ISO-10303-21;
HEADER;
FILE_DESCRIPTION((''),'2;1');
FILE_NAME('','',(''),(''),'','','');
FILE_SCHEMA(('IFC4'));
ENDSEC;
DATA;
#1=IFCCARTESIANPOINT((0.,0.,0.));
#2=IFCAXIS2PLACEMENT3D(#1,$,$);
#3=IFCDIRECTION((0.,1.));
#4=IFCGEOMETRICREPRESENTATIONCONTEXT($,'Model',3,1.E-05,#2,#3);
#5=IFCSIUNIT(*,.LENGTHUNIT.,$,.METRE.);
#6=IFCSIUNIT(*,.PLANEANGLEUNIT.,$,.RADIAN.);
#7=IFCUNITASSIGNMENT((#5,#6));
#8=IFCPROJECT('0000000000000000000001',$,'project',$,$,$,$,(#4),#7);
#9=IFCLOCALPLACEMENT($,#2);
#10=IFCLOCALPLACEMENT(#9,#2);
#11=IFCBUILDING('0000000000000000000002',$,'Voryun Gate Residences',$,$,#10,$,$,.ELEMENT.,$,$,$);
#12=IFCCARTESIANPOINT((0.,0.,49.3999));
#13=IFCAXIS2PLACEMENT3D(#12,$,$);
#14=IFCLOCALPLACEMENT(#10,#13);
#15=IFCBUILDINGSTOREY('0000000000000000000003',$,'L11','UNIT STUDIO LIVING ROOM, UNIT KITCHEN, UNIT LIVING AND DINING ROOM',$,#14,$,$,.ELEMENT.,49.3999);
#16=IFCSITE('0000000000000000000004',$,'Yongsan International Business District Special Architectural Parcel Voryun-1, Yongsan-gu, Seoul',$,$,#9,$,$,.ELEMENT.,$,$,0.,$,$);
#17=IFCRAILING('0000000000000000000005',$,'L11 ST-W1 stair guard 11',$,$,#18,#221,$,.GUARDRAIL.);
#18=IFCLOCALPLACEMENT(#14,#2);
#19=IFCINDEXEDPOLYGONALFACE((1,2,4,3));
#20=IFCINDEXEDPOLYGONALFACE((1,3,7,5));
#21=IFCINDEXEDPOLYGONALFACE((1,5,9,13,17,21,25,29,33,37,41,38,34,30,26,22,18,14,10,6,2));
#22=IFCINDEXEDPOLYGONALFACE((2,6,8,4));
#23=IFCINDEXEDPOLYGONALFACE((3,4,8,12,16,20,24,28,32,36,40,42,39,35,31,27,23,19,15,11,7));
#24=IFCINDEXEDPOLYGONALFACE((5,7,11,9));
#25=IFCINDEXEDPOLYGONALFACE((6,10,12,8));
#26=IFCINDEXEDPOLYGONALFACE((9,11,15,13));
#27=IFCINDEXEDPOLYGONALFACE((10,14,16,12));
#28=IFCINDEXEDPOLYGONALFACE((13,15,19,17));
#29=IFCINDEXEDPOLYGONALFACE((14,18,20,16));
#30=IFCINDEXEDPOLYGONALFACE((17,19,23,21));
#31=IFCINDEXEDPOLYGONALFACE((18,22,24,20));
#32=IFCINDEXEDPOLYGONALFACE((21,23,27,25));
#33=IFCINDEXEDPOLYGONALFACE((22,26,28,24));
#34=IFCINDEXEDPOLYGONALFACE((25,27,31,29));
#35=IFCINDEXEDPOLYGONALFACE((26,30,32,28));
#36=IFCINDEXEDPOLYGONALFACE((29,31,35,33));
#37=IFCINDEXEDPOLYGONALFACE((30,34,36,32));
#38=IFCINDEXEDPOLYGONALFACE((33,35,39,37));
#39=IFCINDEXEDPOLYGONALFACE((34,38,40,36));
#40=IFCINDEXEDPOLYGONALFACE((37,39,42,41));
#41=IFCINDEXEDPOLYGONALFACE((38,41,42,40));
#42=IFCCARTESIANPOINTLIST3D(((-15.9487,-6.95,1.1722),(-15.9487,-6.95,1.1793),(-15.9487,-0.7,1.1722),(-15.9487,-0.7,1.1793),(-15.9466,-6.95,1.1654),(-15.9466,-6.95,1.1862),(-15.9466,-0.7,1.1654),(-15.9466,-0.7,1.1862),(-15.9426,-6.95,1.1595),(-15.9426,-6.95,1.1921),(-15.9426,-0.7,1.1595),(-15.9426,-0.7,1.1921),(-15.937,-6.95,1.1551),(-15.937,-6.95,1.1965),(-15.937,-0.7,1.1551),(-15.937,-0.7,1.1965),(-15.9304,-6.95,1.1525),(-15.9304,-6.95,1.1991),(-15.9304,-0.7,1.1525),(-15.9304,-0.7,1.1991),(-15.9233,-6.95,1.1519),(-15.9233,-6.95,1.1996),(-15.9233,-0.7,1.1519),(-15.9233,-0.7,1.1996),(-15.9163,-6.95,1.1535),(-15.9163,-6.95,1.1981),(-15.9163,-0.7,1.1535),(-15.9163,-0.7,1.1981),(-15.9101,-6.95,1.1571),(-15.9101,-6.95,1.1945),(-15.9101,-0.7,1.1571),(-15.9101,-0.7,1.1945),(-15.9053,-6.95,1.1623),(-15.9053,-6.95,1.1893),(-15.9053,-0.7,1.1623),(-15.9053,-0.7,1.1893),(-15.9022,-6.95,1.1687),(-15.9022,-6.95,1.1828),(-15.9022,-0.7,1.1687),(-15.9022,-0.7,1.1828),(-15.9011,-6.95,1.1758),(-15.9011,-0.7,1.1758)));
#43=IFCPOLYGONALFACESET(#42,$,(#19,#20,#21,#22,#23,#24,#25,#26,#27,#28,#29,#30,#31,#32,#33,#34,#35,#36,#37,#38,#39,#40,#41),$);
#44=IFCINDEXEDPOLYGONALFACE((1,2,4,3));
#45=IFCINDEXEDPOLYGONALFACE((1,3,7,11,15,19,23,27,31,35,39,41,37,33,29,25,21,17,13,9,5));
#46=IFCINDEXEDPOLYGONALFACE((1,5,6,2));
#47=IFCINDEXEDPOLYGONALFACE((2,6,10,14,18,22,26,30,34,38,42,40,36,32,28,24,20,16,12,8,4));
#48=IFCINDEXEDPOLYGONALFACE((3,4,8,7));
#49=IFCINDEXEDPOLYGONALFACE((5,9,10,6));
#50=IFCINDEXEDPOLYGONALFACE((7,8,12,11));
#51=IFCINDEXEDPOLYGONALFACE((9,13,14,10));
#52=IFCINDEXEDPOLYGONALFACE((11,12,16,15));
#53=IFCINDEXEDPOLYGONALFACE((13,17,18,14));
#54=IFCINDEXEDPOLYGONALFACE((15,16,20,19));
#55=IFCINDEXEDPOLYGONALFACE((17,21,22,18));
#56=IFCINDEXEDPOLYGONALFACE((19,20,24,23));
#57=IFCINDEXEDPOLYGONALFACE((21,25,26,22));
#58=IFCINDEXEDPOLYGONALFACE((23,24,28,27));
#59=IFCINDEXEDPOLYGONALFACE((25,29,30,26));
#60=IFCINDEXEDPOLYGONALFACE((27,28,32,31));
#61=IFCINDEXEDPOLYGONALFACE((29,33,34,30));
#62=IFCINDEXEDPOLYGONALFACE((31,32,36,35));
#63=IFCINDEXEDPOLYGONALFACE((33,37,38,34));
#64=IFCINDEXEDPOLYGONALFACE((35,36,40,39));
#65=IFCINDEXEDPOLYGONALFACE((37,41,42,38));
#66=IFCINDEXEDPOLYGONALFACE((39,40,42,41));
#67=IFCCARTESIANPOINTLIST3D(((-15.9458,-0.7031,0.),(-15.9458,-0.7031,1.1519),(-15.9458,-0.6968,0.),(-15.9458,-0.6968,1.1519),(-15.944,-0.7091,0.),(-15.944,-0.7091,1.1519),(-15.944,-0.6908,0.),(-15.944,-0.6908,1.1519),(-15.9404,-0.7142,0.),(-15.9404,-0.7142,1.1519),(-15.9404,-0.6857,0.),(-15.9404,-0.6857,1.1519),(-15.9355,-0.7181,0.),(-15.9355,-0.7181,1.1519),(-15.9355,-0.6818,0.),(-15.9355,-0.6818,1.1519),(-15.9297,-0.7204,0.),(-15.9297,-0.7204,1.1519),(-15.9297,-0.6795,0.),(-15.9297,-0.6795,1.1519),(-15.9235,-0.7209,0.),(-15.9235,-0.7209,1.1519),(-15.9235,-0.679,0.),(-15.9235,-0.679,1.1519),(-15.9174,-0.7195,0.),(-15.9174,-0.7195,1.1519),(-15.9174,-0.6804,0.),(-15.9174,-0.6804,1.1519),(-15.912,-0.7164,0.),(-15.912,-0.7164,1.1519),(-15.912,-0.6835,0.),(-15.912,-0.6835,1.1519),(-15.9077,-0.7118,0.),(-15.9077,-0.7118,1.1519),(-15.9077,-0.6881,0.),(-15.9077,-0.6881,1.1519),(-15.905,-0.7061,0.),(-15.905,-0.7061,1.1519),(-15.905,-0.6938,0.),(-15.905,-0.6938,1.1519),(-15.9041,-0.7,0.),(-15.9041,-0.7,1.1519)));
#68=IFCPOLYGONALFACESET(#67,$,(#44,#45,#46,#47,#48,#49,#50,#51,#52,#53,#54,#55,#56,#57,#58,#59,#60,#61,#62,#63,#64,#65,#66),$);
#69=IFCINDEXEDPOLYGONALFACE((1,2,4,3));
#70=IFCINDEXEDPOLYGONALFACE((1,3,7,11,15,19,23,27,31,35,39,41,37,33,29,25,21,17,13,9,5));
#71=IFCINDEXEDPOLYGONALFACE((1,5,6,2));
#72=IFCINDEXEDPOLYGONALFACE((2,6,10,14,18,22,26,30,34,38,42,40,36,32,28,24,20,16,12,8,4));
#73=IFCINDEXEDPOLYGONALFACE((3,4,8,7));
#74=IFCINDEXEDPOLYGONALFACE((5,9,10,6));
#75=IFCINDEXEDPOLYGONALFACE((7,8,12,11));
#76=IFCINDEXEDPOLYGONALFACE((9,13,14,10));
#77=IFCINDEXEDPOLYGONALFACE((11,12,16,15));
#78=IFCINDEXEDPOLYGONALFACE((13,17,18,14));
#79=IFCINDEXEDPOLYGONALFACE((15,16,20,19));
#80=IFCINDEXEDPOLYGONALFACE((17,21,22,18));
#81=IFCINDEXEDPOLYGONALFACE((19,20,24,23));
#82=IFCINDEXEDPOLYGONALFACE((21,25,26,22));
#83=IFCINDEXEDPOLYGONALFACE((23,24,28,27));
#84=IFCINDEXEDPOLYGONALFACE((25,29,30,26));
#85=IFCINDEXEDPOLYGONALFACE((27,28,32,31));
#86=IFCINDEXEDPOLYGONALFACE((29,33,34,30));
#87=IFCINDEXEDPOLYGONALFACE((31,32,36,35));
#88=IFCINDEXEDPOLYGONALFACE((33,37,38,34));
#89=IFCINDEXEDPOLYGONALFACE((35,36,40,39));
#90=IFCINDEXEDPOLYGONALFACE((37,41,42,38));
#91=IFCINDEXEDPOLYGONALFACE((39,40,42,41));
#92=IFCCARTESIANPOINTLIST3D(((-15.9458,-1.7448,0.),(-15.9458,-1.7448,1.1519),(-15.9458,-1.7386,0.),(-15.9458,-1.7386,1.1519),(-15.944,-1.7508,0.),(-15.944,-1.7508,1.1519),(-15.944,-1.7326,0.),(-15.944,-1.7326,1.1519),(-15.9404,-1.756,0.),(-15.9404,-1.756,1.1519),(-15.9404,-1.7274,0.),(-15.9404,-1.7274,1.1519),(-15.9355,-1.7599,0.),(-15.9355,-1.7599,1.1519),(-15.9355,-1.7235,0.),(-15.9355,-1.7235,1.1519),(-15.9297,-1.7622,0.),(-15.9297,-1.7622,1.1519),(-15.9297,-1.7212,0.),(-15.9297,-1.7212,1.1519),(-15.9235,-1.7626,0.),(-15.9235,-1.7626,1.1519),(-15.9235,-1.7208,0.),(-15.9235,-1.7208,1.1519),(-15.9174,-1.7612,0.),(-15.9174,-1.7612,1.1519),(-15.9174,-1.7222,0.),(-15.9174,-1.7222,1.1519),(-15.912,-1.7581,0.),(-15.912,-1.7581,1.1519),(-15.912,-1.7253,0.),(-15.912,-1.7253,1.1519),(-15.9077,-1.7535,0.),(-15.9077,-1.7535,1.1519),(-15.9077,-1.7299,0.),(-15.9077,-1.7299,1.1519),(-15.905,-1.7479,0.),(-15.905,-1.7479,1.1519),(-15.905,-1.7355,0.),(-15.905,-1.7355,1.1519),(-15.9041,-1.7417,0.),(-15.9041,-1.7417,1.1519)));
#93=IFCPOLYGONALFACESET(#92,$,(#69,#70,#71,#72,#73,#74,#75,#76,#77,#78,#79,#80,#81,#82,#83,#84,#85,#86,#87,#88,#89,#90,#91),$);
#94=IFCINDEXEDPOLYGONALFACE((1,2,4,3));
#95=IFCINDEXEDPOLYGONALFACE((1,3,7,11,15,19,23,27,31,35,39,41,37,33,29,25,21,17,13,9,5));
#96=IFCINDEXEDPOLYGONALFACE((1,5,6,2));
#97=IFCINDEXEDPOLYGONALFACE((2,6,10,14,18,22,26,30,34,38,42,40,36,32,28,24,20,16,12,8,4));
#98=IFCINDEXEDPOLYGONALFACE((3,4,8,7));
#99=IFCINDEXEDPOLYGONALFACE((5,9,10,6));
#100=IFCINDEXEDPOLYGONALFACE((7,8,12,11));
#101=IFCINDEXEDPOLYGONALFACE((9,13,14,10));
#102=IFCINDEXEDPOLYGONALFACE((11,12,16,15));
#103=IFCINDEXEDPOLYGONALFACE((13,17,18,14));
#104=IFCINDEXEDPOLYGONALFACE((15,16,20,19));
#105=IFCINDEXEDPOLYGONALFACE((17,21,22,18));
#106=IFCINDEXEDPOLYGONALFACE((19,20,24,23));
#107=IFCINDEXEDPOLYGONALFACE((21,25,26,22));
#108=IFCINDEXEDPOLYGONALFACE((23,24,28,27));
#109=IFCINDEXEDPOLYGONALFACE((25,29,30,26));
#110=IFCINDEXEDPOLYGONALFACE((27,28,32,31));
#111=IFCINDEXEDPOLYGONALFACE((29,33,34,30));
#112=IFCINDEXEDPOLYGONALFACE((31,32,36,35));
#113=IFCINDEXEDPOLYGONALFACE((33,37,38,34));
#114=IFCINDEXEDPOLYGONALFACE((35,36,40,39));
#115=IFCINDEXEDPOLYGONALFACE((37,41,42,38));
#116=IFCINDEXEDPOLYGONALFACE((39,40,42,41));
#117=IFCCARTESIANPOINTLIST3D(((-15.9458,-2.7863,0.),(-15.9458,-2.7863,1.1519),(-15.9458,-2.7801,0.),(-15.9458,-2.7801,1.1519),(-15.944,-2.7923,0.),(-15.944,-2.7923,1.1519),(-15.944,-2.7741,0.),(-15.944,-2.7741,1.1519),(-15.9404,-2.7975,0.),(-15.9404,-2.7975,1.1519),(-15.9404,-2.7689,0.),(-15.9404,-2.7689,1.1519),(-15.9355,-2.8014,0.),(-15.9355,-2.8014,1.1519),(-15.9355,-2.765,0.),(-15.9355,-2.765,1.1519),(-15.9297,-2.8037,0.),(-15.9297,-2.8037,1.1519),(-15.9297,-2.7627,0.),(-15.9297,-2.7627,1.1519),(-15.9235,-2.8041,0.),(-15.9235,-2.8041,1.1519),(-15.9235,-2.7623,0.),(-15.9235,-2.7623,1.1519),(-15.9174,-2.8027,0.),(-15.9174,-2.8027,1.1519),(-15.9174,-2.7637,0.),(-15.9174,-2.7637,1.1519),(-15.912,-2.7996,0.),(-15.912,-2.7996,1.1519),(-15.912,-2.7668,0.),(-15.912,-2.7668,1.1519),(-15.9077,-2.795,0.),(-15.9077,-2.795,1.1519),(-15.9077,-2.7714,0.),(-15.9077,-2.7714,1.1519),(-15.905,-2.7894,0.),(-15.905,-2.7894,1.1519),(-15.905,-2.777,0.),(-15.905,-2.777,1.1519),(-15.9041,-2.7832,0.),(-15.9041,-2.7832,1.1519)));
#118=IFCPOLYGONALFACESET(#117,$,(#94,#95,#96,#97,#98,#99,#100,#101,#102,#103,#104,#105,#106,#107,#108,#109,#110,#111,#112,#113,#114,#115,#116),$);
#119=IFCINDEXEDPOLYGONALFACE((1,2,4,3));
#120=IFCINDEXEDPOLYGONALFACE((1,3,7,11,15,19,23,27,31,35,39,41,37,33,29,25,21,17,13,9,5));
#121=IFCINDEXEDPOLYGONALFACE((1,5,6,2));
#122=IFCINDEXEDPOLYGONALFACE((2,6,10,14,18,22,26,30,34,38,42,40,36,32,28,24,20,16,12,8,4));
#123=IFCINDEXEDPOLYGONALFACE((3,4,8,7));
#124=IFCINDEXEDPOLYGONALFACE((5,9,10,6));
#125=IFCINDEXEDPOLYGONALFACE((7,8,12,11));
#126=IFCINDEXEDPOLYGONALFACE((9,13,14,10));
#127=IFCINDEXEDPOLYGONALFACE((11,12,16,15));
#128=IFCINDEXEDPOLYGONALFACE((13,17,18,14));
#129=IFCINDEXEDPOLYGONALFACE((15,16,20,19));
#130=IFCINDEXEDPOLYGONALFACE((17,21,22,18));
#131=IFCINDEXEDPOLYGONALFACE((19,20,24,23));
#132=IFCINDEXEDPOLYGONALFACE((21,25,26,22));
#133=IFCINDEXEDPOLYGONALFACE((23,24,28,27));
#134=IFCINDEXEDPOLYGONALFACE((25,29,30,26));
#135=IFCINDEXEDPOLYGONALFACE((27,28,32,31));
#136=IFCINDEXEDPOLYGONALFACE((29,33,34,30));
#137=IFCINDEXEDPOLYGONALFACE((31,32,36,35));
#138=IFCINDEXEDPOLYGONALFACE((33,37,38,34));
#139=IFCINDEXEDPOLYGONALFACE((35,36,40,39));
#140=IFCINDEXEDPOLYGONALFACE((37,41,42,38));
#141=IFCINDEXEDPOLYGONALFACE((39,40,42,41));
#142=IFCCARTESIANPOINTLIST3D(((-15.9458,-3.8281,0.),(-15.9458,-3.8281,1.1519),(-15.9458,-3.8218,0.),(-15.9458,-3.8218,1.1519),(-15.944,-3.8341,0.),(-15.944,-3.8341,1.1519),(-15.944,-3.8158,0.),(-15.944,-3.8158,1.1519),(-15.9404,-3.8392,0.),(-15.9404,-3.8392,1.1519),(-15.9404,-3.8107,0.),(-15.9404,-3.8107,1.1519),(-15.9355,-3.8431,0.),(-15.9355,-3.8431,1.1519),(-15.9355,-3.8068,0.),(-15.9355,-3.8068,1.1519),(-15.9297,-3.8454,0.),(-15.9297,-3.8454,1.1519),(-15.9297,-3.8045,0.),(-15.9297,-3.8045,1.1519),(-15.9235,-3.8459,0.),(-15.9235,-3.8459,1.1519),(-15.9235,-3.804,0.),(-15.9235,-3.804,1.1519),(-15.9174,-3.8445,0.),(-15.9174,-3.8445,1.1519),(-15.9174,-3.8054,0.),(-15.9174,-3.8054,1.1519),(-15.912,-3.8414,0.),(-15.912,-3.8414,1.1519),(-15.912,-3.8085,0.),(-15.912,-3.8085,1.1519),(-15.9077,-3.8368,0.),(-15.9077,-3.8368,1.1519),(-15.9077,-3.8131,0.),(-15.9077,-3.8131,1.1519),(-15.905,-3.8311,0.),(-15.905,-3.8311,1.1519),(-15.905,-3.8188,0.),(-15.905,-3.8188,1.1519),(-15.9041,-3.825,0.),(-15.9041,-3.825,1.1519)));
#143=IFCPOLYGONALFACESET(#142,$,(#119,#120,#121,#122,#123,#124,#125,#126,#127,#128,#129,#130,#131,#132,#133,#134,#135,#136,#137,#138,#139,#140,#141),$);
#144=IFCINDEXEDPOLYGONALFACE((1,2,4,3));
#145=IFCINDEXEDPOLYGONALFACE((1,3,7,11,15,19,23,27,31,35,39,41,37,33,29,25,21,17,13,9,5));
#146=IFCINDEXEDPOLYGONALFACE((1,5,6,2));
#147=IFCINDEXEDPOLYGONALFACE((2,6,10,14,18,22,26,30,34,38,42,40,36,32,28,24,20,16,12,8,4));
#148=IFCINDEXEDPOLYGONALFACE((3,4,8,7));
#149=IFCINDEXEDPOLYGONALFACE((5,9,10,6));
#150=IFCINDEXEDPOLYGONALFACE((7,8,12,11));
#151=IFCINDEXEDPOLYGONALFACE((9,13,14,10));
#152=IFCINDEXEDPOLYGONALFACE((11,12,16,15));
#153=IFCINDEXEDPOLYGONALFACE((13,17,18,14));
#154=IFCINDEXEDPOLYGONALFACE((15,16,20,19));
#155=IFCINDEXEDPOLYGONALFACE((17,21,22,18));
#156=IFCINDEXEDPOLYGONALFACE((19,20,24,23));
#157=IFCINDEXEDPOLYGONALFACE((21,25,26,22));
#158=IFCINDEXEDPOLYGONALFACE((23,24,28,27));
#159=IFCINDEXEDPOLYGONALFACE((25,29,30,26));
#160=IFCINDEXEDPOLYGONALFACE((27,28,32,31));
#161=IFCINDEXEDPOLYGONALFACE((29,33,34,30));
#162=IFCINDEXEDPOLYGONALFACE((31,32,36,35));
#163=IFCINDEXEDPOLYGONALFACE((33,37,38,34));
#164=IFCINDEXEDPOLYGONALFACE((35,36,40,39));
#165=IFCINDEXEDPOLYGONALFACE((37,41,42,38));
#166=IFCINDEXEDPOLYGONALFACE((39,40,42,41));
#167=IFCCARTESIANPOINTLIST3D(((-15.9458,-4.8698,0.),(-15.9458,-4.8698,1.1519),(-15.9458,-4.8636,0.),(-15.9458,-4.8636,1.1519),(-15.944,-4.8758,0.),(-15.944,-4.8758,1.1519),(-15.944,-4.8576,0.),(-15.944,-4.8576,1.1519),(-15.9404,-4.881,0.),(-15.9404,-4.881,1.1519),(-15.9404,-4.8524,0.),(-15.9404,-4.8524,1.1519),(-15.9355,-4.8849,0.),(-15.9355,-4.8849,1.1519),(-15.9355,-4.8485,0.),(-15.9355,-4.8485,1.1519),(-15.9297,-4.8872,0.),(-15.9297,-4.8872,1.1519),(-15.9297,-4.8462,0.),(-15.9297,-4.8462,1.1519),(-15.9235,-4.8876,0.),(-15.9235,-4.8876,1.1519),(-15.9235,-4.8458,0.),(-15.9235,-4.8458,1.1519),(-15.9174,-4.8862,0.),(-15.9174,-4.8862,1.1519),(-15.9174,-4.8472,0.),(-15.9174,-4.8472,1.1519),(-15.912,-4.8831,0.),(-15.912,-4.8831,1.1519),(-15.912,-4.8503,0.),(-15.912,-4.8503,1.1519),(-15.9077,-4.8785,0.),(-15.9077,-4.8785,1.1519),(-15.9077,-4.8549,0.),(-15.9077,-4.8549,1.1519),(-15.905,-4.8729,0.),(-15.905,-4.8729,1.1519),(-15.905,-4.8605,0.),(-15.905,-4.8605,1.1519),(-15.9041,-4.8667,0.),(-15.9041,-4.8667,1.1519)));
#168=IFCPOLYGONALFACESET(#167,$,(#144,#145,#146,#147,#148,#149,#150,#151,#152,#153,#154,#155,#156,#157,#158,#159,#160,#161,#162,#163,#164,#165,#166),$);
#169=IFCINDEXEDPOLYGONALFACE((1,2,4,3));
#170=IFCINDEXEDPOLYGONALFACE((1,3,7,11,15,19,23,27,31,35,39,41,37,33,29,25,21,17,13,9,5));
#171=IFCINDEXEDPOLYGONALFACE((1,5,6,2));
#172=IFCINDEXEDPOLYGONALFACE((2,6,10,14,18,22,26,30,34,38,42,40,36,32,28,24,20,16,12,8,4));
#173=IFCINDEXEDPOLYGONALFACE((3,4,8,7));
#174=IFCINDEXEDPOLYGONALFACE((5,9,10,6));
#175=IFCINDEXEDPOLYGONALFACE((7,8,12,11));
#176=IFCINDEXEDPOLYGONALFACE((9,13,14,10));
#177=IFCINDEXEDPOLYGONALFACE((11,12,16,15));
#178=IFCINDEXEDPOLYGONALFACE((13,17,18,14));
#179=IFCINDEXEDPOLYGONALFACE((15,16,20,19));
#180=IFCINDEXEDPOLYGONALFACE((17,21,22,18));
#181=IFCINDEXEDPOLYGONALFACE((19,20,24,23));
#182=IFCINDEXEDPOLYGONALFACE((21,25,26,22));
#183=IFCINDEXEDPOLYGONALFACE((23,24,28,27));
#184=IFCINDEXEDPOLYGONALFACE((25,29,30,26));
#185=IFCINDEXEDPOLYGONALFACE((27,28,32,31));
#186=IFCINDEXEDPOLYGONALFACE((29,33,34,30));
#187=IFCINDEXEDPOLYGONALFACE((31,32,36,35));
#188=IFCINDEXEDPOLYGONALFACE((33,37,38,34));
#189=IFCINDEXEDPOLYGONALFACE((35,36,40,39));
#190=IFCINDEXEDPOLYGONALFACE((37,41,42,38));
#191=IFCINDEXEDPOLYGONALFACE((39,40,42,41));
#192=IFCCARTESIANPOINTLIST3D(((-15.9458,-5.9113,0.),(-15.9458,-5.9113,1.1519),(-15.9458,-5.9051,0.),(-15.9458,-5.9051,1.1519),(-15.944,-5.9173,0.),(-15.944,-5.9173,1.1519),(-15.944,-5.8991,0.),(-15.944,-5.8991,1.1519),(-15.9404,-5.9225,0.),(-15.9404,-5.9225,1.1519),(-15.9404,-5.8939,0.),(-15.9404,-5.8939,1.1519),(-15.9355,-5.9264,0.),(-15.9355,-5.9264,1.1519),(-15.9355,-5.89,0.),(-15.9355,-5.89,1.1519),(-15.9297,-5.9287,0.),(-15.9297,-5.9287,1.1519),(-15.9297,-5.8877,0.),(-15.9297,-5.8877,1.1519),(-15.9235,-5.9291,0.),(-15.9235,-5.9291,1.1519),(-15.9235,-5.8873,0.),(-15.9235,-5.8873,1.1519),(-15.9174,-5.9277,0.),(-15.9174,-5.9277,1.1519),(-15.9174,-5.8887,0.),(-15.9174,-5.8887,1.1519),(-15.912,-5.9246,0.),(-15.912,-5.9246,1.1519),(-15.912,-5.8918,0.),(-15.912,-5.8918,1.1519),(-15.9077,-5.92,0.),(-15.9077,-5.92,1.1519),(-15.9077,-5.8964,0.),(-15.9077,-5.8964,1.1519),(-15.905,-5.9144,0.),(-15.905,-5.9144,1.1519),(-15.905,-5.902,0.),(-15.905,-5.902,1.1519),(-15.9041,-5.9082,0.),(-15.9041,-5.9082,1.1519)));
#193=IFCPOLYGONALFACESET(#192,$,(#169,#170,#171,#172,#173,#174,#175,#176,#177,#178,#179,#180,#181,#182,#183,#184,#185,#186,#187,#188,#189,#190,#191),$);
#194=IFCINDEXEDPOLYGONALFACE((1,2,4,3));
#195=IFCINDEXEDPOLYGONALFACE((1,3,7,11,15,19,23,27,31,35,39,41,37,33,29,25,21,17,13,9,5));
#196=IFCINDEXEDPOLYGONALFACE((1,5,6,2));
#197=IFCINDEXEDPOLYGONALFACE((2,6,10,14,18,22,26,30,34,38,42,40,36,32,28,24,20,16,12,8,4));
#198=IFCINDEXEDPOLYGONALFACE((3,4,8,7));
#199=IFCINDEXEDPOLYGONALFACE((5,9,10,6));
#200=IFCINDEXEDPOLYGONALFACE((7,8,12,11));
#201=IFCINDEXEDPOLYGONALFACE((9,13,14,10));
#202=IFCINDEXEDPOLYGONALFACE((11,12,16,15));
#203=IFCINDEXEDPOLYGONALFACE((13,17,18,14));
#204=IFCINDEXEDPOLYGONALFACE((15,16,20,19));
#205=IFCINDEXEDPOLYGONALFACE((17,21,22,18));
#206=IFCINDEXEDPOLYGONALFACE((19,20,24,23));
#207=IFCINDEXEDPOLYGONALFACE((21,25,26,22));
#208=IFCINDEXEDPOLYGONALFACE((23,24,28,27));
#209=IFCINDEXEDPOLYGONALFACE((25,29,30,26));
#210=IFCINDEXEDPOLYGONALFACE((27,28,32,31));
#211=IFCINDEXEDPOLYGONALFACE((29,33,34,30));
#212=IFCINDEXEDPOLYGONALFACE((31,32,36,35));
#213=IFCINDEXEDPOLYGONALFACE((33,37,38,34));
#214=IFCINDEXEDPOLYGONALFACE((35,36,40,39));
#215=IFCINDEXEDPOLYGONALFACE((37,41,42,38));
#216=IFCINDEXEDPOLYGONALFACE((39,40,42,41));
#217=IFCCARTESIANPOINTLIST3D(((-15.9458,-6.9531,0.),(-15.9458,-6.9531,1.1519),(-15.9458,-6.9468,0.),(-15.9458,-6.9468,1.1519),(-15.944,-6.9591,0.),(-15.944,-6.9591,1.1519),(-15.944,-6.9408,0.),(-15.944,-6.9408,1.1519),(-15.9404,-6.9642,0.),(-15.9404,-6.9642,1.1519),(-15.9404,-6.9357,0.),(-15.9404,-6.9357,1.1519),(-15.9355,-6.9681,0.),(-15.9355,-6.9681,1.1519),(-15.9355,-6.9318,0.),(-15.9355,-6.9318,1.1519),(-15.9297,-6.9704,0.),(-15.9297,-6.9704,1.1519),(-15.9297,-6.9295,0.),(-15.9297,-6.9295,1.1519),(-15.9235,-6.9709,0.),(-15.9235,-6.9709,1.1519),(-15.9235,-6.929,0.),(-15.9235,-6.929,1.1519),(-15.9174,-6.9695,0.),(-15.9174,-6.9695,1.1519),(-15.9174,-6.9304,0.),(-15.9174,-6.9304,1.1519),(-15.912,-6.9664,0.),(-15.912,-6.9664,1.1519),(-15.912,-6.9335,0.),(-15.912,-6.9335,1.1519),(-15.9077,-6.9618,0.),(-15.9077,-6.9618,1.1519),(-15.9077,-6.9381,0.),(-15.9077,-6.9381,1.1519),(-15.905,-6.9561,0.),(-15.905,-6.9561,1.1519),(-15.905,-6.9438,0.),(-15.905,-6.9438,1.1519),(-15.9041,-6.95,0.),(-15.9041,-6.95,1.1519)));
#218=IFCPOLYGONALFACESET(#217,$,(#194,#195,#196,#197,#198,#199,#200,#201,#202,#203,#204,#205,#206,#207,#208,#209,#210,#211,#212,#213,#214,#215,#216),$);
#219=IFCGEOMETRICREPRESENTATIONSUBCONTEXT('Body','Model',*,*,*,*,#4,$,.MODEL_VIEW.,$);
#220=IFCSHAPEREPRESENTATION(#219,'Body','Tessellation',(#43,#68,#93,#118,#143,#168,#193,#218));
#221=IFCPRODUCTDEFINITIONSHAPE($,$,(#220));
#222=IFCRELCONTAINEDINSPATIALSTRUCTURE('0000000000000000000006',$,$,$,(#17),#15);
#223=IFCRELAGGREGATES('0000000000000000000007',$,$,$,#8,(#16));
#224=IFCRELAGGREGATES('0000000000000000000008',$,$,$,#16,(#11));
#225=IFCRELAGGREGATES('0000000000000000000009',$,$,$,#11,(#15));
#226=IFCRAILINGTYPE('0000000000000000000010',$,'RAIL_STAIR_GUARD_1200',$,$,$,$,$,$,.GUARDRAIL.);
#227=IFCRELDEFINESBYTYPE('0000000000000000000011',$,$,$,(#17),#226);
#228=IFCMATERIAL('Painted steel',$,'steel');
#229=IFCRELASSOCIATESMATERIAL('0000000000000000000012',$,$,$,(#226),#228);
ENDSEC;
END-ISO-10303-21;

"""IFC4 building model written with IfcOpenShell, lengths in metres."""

from ifc_helpers import new_model, si_unit, direction, frame, origin, origin_2d, place, context, subcontext, project, spatial, circle, extrude, material, type_object, element, save


model = new_model("IFC4")

# Units and contexts
model_context = context("Model", 3, precision=1e-05, world=origin(), true_north=direction((0.0, 1.0)))
body_context = subcontext(model_context, "Body", "Model", "MODEL_VIEW")
ifc_project = project(units=[si_unit("LENGTHUNIT", "METRE"), si_unit("PLANEANGLEUNIT", "RADIAN")], contexts=[model_context])

# Site, building, storey
site_placement = place(None, origin())
site = spatial("IfcSite", under=ifc_project, at=site_placement, Name="Yongsan International Business District Special Architectural Parcel Voryun-1, Yongsan-gu, Seoul", CompositionType="ELEMENT", RefElevation=0.0)
building_placement = place(site_placement, origin())
building = spatial("IfcBuilding", under=site, at=building_placement, Name="Voryun Gate Residences", CompositionType="ELEMENT")
storey_placement = place(building_placement, frame((0.0, 0.0, 49.3999)))
storey = spatial("IfcBuildingStorey", under=building, at=storey_placement, Name="L11", Description="UNIT STUDIO LIVING ROOM, UNIT KITCHEN, UNIT LIVING AND DINING ROOM", CompositionType="ELEMENT", Elevation=49.3999)

# Railing
ifc_material_1 = material(Name="Painted steel", Category="steel")
railing_type = type_object("IfcRailingType", Name="RAIL_STAIR_GUARD_1200", PredefinedType="GUARDRAIL", material=ifc_material_1)
railing_placement = place(storey_placement, frame((-15.925, -0.7, 0.0)))
element("IfcRailing", 1, at=railing_placement, inside=storey, type_object=railing_type, Name="L11 ST-W1 stair guard 11", PredefinedType="GUARDRAIL", context=body_context, shape_type="SweptSolid", body=[
    extrude(circle(Radius=0.0239, at=origin_2d()), frame((0.0, 0.0, 1.1758), z_axis=(0.0, -1.0, 0.0), x_axis=(1.0, 0.0, 0.0)), (0.0, 0.0, 1.0), 6.25),
    extrude(circle(Radius=0.021, at=origin_2d()), origin(), (0.0, 0.0, 1.0), 1.1519),
    extrude(circle(Radius=0.021, at=origin_2d()), frame((0.0, -1.0417, 0.0)), (0.0, 0.0, 1.0), 1.1519),
    extrude(circle(Radius=0.021, at=origin_2d()), frame((0.0, -2.0833, 0.0)), (0.0, 0.0, 1.0), 1.1519),
    extrude(circle(Radius=0.021, at=origin_2d()), frame((0.0, -3.125, 0.0)), (0.0, 0.0, 1.0), 1.1519),
    extrude(circle(Radius=0.021, at=origin_2d()), frame((0.0, -4.1667, 0.0)), (0.0, 0.0, 1.0), 1.1519),
    extrude(circle(Radius=0.021, at=origin_2d()), frame((0.0, -5.2083, 0.0)), (0.0, 0.0, 1.0), 1.1519),
    extrude(circle(Radius=0.021, at=origin_2d()), frame((0.0, -6.25, 0.0)), (0.0, 0.0, 1.0), 1.1519),
])

save(model, "model.ifc")
